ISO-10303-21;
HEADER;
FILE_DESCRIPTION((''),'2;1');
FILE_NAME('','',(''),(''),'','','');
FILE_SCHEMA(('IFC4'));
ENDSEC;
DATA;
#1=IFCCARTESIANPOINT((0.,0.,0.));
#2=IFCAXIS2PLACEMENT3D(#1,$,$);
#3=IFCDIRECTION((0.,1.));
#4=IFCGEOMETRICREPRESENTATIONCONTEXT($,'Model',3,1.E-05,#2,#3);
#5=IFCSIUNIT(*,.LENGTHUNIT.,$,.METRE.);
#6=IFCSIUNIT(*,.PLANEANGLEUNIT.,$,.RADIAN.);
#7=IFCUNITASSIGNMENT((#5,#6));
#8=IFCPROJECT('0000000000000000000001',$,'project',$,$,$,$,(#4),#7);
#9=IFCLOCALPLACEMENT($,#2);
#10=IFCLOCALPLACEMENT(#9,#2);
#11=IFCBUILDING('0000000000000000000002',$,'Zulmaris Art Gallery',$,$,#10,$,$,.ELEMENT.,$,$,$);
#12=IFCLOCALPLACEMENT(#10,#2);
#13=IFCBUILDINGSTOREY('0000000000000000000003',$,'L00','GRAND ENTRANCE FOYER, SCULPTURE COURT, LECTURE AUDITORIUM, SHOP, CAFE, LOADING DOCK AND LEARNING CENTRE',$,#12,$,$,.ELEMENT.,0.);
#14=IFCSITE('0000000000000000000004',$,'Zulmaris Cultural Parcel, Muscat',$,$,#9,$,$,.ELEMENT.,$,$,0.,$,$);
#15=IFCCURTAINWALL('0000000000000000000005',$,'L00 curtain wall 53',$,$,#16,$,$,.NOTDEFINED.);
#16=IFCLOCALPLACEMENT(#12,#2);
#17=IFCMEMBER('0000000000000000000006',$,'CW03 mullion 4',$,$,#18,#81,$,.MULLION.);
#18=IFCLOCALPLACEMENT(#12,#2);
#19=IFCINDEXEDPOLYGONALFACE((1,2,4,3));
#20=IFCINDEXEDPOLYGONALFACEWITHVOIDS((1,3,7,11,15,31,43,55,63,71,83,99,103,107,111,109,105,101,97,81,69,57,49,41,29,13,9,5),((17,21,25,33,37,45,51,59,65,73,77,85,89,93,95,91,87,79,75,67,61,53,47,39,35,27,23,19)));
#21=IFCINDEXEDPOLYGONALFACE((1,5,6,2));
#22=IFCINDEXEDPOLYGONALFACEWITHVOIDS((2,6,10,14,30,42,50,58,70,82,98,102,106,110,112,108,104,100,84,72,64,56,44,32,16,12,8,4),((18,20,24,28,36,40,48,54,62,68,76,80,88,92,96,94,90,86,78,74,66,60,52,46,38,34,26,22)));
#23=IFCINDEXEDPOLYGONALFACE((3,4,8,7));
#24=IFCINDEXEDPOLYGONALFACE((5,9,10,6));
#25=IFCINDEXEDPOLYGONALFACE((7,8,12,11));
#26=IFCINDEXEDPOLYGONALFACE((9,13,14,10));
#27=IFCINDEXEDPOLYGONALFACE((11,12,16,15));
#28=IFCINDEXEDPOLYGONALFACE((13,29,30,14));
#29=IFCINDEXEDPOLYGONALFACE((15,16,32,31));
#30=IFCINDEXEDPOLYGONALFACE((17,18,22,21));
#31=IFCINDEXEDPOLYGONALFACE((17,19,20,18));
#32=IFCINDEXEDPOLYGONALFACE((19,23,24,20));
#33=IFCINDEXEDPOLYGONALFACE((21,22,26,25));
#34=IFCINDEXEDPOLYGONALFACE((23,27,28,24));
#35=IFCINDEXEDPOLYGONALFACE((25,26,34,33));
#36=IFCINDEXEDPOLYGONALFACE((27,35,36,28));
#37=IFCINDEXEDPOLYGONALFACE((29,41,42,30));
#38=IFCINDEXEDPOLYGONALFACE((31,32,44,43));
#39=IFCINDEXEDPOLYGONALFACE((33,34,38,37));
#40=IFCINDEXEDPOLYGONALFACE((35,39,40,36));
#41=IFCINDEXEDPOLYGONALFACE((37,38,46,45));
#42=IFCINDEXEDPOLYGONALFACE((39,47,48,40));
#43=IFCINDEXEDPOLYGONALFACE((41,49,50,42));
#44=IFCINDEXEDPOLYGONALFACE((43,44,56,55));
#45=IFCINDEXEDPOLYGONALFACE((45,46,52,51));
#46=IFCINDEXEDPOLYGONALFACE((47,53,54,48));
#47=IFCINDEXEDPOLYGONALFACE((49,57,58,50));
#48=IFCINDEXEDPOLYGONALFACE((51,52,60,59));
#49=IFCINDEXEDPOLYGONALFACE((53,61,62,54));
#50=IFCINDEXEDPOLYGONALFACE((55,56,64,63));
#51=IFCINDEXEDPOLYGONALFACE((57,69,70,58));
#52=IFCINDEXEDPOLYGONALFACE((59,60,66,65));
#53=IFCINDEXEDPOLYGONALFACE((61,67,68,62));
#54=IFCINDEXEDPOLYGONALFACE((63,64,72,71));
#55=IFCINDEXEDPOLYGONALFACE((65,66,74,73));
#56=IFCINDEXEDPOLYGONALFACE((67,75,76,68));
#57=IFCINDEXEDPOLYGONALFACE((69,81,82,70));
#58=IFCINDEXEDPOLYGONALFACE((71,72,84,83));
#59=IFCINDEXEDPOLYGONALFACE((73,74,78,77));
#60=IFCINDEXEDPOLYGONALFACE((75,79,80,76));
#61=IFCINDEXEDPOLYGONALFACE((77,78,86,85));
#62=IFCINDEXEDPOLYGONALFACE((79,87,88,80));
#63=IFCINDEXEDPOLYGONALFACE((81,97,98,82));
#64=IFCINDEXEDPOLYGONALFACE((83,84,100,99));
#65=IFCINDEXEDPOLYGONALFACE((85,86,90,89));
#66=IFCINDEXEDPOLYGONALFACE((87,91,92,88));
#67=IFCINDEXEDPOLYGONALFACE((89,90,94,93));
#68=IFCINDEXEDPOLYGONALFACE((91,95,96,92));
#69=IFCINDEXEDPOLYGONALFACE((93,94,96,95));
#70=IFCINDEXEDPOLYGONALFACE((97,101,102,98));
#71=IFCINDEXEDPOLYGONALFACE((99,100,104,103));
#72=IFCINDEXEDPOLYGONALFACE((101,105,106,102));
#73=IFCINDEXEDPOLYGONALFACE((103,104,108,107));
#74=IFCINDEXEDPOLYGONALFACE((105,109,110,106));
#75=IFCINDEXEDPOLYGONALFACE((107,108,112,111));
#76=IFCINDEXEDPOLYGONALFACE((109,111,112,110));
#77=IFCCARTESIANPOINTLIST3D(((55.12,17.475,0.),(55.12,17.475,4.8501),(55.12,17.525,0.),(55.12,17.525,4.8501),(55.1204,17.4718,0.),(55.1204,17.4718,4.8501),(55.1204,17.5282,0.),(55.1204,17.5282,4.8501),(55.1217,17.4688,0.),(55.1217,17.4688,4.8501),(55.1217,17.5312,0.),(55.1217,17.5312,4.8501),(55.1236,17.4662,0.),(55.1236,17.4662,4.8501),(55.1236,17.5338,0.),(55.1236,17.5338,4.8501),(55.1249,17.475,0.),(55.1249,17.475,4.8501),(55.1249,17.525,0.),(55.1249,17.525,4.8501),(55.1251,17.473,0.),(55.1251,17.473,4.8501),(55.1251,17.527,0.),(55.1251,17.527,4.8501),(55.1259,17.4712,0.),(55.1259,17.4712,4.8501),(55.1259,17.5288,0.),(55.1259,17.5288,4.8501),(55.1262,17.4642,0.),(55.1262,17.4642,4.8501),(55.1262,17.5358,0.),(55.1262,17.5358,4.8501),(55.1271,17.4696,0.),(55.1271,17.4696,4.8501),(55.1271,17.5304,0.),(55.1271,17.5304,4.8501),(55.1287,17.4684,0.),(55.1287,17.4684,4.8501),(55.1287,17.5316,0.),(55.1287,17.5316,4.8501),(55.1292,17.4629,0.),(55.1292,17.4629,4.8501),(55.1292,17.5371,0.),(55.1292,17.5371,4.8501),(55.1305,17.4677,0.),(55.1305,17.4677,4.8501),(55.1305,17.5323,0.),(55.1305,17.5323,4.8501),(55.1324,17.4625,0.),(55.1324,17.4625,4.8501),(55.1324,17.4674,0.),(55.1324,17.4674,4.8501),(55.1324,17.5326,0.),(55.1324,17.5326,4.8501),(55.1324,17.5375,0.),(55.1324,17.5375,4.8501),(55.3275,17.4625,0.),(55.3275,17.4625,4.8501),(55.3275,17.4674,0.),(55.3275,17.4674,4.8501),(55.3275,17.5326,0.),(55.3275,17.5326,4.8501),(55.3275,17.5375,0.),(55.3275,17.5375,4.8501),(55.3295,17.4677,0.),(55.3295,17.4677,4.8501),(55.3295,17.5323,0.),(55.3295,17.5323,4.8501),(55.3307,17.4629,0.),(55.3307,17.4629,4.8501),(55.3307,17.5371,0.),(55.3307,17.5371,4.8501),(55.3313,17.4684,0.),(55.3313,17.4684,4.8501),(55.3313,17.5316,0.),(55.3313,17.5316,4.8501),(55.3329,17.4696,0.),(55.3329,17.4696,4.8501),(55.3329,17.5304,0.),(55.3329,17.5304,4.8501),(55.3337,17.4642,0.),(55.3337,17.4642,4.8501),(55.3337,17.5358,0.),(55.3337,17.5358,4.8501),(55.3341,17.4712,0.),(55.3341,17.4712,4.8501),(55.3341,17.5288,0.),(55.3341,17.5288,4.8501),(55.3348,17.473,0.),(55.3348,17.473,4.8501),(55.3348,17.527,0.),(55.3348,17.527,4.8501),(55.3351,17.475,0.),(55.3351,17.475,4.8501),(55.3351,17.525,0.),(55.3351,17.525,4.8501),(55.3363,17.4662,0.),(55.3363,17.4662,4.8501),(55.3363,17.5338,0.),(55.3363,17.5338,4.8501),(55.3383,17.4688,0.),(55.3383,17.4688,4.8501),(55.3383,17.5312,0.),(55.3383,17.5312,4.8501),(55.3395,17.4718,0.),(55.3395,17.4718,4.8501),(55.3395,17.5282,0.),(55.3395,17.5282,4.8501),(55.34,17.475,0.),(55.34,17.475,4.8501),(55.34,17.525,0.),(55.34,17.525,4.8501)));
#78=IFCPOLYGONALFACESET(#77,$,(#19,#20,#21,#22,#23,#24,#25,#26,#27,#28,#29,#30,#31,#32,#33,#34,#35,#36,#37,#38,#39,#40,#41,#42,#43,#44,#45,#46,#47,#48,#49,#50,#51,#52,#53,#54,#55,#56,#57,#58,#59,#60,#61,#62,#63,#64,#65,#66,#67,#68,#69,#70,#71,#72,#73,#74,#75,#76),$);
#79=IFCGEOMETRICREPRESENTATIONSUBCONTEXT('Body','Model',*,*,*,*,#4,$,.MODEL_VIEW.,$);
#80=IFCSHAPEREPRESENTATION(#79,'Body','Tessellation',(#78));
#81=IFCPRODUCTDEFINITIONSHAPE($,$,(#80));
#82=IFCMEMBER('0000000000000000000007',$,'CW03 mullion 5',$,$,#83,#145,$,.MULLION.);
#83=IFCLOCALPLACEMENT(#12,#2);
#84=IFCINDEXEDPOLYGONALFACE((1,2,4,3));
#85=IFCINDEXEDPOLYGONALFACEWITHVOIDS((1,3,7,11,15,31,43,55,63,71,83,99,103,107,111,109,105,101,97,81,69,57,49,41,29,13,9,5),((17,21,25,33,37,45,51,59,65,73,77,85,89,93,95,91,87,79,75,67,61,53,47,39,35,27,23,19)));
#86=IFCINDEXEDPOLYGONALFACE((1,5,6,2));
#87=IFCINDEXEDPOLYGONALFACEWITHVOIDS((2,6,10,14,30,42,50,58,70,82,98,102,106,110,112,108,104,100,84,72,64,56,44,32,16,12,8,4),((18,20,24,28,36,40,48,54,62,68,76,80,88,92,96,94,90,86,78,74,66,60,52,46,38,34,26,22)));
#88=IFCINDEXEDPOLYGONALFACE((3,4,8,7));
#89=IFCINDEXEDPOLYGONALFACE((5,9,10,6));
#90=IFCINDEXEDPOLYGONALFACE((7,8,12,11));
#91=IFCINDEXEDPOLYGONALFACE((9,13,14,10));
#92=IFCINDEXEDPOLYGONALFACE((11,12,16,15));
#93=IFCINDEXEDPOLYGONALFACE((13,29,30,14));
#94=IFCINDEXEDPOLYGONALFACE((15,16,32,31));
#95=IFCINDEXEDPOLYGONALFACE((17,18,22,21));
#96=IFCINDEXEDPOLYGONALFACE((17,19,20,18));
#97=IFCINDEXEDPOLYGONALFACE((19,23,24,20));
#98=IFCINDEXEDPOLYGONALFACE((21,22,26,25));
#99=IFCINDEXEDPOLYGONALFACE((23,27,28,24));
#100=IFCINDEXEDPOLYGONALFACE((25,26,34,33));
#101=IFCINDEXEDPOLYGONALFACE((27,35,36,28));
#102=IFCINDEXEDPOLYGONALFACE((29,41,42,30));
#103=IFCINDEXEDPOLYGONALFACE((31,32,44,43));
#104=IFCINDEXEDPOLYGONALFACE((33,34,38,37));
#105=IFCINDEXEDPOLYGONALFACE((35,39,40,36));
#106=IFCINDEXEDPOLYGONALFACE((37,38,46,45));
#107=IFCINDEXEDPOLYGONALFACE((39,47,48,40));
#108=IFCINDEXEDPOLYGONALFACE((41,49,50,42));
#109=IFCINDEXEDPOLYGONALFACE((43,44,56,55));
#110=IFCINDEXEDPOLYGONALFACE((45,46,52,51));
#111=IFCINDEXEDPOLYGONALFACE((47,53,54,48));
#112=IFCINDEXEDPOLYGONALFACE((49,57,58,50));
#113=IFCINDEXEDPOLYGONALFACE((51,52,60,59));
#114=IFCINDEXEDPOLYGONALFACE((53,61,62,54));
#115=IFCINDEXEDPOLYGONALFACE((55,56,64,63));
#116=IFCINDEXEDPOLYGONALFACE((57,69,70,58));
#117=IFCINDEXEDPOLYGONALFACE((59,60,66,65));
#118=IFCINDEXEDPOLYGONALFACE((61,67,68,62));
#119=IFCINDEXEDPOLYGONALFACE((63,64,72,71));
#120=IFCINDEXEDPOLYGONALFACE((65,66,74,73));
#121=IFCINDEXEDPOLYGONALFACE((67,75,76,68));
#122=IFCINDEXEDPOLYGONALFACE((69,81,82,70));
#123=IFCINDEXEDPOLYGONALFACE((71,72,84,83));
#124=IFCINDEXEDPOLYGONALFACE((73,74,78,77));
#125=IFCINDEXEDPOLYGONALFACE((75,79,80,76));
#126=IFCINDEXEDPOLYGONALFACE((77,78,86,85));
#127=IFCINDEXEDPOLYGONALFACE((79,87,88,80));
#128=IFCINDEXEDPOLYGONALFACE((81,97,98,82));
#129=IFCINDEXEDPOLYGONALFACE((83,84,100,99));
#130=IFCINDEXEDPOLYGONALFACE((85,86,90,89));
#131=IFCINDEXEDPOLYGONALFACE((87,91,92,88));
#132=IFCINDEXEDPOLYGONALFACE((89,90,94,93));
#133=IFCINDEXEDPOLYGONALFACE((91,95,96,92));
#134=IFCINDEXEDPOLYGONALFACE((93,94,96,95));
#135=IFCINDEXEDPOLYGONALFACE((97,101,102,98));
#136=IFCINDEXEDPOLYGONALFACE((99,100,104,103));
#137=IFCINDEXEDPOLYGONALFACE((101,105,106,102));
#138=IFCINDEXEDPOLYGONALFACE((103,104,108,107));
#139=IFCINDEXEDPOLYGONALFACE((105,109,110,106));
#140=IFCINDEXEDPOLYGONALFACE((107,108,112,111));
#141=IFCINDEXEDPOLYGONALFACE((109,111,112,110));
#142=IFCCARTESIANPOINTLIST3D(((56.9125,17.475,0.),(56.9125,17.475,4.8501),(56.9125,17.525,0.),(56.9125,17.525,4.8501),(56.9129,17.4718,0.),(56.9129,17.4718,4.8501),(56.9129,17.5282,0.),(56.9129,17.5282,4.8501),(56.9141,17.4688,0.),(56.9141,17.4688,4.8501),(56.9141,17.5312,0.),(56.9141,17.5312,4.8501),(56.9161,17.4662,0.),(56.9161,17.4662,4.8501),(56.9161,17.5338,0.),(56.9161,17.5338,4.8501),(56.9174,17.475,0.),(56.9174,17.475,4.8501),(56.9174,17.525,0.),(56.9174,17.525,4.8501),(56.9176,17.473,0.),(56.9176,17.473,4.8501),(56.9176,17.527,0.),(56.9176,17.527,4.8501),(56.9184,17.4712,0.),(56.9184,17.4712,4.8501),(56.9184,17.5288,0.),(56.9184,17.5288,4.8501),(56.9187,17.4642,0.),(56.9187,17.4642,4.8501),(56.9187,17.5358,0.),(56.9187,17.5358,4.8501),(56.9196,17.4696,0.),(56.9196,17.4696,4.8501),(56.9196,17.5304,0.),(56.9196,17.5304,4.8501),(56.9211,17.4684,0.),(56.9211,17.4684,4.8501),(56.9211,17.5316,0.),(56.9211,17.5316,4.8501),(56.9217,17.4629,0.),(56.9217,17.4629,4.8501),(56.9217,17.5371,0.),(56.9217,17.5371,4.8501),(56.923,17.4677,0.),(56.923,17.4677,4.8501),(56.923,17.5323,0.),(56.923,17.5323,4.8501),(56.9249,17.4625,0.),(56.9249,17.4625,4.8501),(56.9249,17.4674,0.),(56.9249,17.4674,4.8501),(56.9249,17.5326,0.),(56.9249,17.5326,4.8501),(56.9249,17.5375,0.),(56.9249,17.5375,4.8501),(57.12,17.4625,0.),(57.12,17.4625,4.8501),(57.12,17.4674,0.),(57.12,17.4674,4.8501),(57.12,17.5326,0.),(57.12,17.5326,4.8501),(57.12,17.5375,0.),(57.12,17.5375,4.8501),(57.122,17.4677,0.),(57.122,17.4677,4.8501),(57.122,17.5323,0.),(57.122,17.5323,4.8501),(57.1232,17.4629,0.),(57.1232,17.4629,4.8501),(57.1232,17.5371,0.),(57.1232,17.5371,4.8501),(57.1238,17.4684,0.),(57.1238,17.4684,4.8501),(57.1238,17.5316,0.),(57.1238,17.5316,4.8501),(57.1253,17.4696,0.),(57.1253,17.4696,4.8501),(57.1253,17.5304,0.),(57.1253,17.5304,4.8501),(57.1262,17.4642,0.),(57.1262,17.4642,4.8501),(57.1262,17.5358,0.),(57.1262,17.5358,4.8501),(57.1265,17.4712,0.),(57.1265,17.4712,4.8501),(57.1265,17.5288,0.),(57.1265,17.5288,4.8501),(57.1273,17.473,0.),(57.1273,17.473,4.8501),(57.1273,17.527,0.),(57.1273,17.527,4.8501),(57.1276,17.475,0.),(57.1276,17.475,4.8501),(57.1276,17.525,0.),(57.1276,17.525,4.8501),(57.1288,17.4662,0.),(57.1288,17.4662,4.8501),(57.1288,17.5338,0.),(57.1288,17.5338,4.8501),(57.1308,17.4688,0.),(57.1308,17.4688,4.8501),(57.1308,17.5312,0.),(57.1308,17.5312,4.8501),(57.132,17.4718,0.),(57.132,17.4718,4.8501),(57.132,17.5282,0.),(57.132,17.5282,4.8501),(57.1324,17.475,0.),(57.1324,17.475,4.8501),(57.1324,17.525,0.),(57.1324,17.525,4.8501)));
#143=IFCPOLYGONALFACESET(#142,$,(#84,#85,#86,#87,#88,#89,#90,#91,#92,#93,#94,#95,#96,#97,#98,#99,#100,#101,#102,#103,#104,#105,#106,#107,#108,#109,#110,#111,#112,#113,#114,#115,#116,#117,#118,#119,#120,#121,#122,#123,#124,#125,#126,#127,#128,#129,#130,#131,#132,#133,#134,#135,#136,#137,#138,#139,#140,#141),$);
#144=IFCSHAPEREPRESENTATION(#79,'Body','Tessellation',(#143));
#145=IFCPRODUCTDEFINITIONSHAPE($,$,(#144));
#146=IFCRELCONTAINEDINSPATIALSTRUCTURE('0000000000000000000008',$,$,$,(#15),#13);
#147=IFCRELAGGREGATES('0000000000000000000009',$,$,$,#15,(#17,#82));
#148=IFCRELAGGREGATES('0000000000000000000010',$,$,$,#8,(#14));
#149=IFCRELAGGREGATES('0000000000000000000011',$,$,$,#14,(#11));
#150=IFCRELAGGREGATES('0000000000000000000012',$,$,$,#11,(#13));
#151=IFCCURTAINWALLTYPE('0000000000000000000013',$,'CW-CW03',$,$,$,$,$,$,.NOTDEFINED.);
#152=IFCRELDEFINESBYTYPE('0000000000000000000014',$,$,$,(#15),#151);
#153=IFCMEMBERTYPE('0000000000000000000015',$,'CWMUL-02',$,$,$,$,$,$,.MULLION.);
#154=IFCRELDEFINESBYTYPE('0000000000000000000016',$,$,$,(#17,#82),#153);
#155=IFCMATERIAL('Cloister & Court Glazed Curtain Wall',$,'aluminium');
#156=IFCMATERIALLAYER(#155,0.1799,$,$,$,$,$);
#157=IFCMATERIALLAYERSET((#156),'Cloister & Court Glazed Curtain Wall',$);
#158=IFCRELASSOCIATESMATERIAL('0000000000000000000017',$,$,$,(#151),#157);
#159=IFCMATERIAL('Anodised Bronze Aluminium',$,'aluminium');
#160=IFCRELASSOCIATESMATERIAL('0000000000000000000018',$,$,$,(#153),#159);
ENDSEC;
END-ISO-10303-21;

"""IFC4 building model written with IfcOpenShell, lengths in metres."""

from ifc_helpers import new_model, si_unit, direction, frame, origin, origin_2d, place, context, subcontext, project, spatial, hollow_rectangle, extrude, material, layer, layer_set, material_profile, profile_set, type_object, element, aggregate, save


model = new_model("IFC4")

# Units and contexts
model_context = context("Model", 3, precision=1e-05, world=origin(), true_north=direction((0.0, 1.0)))
body_context = subcontext(model_context, "Body", "Model", "MODEL_VIEW")
ifc_project = project(units=[si_unit("LENGTHUNIT", "METRE"), si_unit("PLANEANGLEUNIT", "RADIAN")], contexts=[model_context])

# Site, building, storey
site_placement = place(None, origin())
site = spatial("IfcSite", under=ifc_project, at=site_placement, Name="Zulmaris Cultural Parcel, Muscat", CompositionType="ELEMENT", RefElevation=0.0)
building_placement = place(site_placement, origin())
building = spatial("IfcBuilding", under=site, at=building_placement, Name="Zulmaris Art Gallery", CompositionType="ELEMENT")
storey_placement = place(building_placement, origin())
storey = spatial("IfcBuildingStorey", under=building, at=storey_placement, Name="L00", Description="GRAND ENTRANCE FOYER, SCULPTURE COURT, LECTURE AUDITORIUM, SHOP, CAFE, LOADING DOCK AND LEARNING CENTRE", CompositionType="ELEMENT", Elevation=0.0)

# Curtain wall, members
ifc_material_1 = material(Name="Cloister & Court Glazed Curtain Wall", Category="aluminium")
ifc_layer_1 = layer(ifc_material_1, 0.1799)
ifc_layer_set_1 = layer_set([ifc_layer_1], Name="Cloister & Court Glazed Curtain Wall")
curtain_wall_type = type_object("IfcCurtainWallType", Name="CW-CW03", PredefinedType="NOTDEFINED", material=ifc_layer_set_1)
curtain_wall_placement = place(storey_placement, origin())
curtain_wall = element("IfcCurtainWall", 1, at=curtain_wall_placement, inside=storey, type_object=curtain_wall_type, Name="L00 curtain wall 53", PredefinedType="NOTDEFINED")
ifc_material_2 = material(Name="Anodised Bronze Aluminium", Category="aluminium")
ifc_material_profile_1 = material_profile(ifc_material_2, hollow_rectangle(XDim=0.075, YDim=0.22, WallThickness=0.0049, InnerFilletRadius=0.0076, OuterFilletRadius=0.0125, at=origin_2d()), Name="ALU 75x220x5")
ifc_profile_set_1 = profile_set([ifc_material_profile_1], Name="Anodised Bronze Aluminium")
member_type_1 = type_object("IfcMemberType", Name="CWMUL-02", PredefinedType="MULLION", material=ifc_profile_set_1)
member_1_placement = place(storey_placement, frame((55.23, 17.5, 0.0), z_axis=(0.0, 0.0, 1.0), x_axis=(0.0, 1.0, 0.0)))
member_1 = element("IfcMember", 2, at=member_1_placement, type_object=member_type_1, Name="CW03 mullion 4", PredefinedType="MULLION", context=body_context, shape_type="SweptSolid", body=[
    extrude(hollow_rectangle(XDim=0.075, YDim=0.22, WallThickness=0.0049, InnerFilletRadius=0.0076, OuterFilletRadius=0.0125, at=origin_2d()), origin(), (0.0, 0.0, 1.0), 4.8501),
])
member_2_placement = place(storey_placement, frame((57.0225, 17.5, 0.0), z_axis=(0.0, 0.0, 1.0), x_axis=(0.0, 1.0, 0.0)))
member_2 = element("IfcMember", 3, at=member_2_placement, type_object=member_type_1, Name="CW03 mullion 5", PredefinedType="MULLION", context=body_context, shape_type="SweptSolid", body=[
    extrude(hollow_rectangle(XDim=0.075, YDim=0.22, WallThickness=0.0049, InnerFilletRadius=0.0076, OuterFilletRadius=0.0125, at=origin_2d()), origin(), (0.0, 0.0, 1.0), 4.8501),
])
aggregate(curtain_wall, [member_1, member_2])

save(model, "model.ifc")
